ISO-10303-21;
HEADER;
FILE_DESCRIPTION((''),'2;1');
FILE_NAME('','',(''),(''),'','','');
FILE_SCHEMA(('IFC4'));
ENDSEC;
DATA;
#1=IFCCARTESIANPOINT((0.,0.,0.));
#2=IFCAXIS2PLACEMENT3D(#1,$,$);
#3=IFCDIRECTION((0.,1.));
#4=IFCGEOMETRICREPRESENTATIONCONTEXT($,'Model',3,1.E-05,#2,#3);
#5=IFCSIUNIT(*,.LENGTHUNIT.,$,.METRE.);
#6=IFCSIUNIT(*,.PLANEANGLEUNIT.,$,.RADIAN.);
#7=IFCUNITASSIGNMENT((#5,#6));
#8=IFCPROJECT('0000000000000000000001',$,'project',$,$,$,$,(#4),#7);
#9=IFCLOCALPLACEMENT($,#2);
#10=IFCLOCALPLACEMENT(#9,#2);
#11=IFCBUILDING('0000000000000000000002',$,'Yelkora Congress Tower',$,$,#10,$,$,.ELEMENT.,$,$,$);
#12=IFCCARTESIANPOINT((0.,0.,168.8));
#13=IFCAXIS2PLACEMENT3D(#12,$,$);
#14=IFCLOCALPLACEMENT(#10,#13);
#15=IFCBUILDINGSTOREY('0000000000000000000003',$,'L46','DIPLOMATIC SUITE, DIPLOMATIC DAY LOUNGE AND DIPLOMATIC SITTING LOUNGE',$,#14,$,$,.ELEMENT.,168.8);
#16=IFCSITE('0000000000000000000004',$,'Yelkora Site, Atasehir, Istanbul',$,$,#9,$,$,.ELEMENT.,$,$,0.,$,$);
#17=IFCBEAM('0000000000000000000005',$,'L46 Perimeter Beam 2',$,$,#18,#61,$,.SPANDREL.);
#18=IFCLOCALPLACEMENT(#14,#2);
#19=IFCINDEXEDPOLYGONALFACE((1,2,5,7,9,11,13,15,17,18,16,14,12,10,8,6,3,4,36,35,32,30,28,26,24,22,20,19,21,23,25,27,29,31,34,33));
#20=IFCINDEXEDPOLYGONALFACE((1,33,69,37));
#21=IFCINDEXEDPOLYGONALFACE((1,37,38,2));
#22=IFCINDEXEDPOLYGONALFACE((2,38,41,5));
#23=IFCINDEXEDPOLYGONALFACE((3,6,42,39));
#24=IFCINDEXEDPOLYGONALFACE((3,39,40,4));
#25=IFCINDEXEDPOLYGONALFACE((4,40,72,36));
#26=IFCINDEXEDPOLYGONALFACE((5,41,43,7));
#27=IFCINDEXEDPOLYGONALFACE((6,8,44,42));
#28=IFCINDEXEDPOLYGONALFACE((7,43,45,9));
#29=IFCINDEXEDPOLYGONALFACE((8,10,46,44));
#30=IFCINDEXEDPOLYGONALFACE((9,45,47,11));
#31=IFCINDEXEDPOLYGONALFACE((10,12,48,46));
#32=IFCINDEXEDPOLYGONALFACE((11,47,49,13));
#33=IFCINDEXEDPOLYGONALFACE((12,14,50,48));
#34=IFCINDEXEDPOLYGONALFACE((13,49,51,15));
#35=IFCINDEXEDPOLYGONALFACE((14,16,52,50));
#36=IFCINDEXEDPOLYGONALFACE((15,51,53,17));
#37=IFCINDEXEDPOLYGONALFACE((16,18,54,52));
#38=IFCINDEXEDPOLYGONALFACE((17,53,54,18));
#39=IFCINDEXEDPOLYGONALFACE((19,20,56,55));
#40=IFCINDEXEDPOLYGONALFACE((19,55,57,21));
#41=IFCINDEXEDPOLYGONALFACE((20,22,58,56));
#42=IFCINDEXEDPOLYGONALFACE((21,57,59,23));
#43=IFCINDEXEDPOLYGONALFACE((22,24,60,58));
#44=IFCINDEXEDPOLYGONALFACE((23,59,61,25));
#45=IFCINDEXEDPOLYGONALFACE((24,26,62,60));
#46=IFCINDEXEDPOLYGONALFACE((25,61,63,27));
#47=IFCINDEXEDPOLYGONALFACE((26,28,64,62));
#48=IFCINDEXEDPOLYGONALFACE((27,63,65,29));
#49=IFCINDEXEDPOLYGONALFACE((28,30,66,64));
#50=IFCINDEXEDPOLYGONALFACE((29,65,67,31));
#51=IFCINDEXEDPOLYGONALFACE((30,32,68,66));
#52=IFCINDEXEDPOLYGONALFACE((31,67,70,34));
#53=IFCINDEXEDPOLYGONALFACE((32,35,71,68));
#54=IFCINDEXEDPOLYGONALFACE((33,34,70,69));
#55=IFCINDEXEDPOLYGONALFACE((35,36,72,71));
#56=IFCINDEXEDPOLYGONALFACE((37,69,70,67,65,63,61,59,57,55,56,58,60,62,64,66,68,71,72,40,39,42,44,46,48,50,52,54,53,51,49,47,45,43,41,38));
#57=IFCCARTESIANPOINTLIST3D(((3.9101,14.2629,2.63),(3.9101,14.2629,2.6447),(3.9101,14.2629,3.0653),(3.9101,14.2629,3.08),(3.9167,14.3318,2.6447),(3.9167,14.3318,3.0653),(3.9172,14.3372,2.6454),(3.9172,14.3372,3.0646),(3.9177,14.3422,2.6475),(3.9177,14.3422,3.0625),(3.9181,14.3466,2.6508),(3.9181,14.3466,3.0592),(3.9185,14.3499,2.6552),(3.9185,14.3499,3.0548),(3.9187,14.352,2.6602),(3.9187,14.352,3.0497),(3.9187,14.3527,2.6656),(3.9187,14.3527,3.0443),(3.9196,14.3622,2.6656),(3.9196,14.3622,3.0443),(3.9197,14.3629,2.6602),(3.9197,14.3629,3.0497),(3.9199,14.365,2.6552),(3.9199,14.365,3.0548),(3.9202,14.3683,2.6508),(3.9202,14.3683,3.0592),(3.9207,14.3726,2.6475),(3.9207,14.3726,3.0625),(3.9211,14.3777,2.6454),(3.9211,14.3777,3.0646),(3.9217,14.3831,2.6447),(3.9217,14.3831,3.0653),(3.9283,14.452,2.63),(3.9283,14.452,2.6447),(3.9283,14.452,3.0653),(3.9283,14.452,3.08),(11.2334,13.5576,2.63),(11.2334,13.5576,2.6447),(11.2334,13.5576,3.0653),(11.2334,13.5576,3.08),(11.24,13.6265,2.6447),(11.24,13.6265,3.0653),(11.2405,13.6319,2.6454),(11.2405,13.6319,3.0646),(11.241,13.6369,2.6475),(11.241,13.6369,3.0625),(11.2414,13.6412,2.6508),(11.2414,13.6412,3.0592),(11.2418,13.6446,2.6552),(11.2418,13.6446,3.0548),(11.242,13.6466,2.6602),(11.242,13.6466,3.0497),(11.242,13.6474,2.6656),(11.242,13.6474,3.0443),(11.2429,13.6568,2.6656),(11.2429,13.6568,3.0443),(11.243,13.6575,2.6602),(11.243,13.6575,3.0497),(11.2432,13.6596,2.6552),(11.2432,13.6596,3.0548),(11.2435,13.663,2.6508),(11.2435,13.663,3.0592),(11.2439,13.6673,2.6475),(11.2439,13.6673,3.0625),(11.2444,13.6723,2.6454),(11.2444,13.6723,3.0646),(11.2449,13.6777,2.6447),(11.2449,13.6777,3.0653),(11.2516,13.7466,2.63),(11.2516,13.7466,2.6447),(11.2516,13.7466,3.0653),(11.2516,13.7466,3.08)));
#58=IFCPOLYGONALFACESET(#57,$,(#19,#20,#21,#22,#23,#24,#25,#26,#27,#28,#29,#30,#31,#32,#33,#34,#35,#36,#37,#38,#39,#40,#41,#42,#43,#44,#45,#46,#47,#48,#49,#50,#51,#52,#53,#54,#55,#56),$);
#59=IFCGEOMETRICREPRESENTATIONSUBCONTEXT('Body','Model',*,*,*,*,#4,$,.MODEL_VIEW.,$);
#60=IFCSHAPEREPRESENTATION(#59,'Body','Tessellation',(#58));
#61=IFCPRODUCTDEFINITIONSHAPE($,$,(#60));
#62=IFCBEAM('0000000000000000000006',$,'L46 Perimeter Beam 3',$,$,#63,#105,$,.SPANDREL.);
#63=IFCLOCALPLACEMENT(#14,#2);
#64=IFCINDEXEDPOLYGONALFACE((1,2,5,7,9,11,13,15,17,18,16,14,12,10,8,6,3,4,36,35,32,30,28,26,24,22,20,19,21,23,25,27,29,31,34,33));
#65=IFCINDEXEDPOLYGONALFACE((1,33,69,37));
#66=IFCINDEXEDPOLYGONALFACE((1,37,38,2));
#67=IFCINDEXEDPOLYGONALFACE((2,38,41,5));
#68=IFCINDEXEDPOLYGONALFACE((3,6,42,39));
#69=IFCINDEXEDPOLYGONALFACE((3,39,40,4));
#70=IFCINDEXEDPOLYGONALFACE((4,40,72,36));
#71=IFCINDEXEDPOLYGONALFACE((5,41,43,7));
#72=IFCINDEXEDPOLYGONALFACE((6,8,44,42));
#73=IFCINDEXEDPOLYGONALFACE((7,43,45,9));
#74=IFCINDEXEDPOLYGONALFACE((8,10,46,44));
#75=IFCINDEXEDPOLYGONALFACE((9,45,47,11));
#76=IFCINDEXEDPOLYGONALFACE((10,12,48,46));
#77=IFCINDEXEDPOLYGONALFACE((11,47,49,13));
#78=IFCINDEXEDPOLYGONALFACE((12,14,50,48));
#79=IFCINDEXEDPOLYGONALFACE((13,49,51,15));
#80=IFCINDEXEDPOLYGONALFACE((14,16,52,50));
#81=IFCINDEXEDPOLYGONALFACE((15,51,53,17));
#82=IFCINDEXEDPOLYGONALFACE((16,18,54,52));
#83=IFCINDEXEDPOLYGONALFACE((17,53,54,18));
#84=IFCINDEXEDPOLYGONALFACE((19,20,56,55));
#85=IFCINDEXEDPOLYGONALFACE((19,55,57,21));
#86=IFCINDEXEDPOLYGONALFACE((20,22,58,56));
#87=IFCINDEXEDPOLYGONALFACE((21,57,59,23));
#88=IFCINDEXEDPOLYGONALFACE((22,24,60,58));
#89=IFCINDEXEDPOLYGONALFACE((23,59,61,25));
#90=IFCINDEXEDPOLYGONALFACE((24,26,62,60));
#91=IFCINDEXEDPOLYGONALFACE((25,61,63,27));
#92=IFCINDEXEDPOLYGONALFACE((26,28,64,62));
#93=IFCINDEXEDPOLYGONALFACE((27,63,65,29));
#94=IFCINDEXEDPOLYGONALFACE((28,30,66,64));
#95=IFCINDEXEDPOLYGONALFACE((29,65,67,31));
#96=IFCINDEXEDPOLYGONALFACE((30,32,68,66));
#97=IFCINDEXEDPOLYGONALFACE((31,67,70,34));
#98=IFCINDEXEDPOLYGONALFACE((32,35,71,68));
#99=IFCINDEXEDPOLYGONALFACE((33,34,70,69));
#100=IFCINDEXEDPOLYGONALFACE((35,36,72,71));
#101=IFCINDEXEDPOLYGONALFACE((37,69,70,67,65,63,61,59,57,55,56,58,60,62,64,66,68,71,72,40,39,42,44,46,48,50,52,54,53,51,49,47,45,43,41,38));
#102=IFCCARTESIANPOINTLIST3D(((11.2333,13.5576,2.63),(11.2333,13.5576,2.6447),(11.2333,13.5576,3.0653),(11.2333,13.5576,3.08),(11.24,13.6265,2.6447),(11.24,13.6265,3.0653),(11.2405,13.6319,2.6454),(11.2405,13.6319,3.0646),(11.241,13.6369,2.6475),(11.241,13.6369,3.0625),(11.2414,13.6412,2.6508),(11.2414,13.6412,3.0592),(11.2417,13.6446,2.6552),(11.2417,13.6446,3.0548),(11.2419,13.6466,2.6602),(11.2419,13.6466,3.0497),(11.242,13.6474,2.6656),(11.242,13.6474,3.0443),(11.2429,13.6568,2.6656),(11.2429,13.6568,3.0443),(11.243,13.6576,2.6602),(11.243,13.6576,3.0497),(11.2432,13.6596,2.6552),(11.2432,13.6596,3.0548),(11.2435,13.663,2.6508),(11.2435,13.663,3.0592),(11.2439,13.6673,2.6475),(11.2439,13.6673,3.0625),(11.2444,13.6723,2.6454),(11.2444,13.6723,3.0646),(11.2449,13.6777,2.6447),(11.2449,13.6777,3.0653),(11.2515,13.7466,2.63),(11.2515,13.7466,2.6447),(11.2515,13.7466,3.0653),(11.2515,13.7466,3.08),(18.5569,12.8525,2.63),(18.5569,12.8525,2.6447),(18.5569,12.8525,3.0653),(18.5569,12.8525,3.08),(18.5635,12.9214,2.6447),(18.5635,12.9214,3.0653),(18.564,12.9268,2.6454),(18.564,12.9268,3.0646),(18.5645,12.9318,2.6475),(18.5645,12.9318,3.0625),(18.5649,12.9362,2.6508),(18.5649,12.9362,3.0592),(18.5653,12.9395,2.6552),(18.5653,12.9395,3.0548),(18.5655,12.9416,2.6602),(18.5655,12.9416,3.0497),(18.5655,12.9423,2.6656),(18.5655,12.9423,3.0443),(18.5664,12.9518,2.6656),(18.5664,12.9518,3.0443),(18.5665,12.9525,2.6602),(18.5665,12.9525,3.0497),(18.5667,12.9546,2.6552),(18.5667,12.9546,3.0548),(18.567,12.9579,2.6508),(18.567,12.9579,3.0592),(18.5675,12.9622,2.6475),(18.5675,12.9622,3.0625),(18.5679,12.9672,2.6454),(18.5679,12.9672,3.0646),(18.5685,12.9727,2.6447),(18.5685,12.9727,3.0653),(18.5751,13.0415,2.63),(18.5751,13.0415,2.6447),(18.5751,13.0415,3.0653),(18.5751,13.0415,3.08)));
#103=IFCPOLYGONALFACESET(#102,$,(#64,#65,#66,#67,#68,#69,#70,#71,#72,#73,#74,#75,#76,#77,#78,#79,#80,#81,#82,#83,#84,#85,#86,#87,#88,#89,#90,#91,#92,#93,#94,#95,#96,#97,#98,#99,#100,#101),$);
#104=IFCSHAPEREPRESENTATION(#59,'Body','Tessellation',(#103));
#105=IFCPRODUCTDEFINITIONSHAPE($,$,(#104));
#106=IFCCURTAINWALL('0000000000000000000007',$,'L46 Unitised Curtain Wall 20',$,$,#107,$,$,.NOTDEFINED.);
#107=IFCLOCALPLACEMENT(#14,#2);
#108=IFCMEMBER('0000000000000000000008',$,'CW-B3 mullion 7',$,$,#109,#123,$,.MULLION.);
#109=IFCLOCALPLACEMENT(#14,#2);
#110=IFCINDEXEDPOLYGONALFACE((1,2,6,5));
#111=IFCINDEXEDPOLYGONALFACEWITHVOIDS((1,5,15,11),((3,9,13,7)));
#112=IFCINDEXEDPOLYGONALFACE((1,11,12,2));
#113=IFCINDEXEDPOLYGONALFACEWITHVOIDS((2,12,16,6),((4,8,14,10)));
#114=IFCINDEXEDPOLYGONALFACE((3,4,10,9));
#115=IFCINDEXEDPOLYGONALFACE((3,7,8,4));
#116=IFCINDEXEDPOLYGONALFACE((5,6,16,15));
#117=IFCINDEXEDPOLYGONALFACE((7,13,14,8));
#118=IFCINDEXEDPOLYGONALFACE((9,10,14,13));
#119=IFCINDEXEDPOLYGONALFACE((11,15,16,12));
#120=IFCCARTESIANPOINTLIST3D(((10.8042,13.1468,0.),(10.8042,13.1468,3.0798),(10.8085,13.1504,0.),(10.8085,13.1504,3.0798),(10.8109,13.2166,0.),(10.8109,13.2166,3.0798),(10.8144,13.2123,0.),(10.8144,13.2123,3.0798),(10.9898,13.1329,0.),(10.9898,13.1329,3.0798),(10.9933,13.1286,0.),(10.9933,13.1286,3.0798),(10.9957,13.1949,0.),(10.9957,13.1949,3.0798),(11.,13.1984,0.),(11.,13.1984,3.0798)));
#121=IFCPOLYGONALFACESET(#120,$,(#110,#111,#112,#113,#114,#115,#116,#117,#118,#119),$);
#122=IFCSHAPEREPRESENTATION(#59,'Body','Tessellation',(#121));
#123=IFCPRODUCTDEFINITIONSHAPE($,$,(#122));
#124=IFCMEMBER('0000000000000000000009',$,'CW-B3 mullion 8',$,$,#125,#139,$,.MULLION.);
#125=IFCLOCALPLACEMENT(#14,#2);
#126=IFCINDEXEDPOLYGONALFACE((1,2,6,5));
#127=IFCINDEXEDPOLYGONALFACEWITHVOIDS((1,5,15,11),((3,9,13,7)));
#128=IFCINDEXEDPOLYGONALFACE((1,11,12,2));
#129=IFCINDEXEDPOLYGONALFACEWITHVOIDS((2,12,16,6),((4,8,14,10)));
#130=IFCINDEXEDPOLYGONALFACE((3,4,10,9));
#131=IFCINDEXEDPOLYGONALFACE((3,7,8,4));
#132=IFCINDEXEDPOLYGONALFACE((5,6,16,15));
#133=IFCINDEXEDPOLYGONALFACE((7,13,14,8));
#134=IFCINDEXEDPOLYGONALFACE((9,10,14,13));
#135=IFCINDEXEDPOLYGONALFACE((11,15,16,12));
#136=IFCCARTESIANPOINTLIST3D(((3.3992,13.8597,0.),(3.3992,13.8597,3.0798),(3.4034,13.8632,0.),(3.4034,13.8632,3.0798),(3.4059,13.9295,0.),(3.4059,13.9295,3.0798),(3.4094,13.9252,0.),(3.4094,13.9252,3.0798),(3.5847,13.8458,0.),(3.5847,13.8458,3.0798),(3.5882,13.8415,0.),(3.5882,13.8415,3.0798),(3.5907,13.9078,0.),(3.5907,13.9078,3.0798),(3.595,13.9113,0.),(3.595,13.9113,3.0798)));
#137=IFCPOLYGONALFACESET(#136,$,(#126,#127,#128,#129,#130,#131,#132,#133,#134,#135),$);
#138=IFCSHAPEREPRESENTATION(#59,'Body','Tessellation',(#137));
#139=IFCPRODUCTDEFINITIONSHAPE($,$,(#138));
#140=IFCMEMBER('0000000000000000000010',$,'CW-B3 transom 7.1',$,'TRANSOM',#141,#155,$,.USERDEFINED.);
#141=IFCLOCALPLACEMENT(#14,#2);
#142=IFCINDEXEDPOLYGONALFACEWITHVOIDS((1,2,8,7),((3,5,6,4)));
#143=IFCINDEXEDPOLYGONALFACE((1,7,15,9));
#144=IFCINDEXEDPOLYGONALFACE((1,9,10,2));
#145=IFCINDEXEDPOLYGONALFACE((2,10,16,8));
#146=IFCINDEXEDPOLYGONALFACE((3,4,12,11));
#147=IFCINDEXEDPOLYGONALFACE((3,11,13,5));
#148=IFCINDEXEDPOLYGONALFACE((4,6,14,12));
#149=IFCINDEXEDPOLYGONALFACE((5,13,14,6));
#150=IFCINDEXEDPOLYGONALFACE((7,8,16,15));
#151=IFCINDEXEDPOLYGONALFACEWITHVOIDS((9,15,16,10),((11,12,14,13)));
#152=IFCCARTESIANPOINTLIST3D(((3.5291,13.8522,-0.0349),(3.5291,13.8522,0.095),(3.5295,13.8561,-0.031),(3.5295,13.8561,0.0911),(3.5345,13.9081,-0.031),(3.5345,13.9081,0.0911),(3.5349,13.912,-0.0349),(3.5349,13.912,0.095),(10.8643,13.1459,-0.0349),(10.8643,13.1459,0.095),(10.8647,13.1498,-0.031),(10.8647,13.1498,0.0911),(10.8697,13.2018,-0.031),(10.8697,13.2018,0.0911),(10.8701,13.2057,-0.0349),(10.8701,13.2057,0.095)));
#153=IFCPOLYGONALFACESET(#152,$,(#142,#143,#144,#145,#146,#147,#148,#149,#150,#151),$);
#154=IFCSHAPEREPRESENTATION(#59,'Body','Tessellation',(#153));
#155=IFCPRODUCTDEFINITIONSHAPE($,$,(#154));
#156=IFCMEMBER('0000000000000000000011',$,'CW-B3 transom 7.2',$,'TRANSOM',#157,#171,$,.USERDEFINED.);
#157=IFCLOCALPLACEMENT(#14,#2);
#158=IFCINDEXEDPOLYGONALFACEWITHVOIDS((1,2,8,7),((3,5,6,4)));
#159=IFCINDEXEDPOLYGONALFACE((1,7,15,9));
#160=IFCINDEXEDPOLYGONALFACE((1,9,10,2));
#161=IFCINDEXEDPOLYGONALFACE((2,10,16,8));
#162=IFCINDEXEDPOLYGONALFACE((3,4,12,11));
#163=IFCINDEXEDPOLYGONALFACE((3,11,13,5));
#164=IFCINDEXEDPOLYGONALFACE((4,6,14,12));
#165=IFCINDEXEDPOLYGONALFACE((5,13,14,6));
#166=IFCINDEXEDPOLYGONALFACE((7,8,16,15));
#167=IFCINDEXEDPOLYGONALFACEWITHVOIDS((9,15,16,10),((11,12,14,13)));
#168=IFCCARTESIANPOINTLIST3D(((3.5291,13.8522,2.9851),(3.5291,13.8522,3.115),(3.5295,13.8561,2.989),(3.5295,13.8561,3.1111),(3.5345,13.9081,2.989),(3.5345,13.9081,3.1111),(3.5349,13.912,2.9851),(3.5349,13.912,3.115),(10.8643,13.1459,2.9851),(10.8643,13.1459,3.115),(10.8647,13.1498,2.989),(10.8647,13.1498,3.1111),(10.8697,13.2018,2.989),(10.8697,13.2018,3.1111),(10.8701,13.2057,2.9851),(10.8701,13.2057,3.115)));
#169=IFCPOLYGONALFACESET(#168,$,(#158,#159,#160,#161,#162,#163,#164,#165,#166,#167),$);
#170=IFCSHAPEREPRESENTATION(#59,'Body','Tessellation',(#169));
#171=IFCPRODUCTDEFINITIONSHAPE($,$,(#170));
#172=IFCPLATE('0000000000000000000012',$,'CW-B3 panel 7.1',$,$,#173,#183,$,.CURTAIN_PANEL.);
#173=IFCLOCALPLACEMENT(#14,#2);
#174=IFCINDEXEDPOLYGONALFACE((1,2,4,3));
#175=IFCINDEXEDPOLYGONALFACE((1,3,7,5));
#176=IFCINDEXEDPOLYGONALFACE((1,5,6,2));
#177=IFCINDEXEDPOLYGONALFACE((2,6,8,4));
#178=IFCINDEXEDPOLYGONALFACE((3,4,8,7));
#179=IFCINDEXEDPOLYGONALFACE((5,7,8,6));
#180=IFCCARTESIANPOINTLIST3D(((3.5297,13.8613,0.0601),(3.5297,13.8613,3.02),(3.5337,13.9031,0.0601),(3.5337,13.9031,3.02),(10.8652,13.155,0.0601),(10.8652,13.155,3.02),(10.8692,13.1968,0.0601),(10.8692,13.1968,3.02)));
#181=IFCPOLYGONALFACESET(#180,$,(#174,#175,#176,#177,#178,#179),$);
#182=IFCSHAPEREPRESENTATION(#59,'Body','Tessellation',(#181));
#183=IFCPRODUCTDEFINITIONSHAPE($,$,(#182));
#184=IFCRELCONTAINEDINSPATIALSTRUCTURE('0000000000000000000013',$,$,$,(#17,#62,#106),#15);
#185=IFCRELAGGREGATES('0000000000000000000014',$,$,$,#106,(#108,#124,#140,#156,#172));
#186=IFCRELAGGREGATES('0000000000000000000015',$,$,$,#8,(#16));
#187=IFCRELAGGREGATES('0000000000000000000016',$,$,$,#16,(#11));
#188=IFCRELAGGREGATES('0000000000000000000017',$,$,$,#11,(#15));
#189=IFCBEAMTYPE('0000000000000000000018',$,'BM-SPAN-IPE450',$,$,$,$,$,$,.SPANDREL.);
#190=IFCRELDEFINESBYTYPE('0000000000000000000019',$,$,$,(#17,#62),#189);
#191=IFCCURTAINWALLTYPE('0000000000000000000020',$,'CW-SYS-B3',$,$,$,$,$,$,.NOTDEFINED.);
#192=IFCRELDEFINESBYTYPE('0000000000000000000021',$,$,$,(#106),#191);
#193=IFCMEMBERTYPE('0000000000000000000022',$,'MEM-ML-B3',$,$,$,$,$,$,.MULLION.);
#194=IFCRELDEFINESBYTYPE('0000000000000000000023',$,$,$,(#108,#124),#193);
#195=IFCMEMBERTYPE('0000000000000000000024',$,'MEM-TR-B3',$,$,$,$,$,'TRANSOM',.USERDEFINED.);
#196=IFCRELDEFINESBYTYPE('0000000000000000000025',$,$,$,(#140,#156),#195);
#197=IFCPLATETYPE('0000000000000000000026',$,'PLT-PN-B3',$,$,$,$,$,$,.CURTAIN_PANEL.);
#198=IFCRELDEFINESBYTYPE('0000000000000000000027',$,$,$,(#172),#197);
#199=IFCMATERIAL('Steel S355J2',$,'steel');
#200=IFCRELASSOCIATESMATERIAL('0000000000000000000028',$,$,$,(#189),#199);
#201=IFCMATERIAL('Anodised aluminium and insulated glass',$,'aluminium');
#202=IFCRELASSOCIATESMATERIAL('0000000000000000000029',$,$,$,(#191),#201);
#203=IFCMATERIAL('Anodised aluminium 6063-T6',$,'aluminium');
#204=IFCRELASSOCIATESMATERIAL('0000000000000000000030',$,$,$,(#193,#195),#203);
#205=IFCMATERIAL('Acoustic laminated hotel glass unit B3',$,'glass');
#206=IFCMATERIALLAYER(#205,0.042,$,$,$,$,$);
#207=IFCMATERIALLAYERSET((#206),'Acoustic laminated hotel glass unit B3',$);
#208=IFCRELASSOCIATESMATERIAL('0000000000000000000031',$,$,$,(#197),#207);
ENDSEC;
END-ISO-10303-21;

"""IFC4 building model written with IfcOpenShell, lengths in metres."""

from ifc_helpers import new_model, si_unit, direction, frame, origin, origin_2d, place, context, subcontext, project, spatial, rectangle, hollow_rectangle, i_section, extrude, material, layer, layer_set, material_profile, profile_set, type_object, element, aggregate, save


model = new_model("IFC4")

# Units and contexts
model_context = context("Model", 3, precision=1e-05, world=origin(), true_north=direction((0.0, 1.0)))
body_context = subcontext(model_context, "Body", "Model", "MODEL_VIEW")
ifc_project = project(units=[si_unit("LENGTHUNIT", "METRE"), si_unit("PLANEANGLEUNIT", "RADIAN")], contexts=[model_context])

# Site, building, storey
site_placement = place(None, origin())
site = spatial("IfcSite", under=ifc_project, at=site_placement, Name="Yelkora Site, Atasehir, Istanbul", CompositionType="ELEMENT", RefElevation=0.0)
building_placement = place(site_placement, origin())
building = spatial("IfcBuilding", under=site, at=building_placement, Name="Yelkora Congress Tower", CompositionType="ELEMENT")
storey_placement = place(building_placement, frame((0.0, 0.0, 168.8)))
storey = spatial("IfcBuildingStorey", under=building, at=storey_placement, Name="L46", Description="DIPLOMATIC SUITE, DIPLOMATIC DAY LOUNGE AND DIPLOMATIC SITTING LOUNGE", CompositionType="ELEMENT", Elevation=168.8)

# Beams
ifc_material_1 = material(Name="Steel S355J2", Category="steel")
ifc_material_profile_1 = material_profile(ifc_material_1, i_section(OverallWidth=0.1899, OverallDepth=0.45, WebThickness=0.0095, FlangeThickness=0.0146, FilletRadius=0.021, at=origin_2d()), Name="IPE 450")
ifc_profile_set_1 = profile_set([ifc_material_profile_1], Name="Steel S355J2")
beam_type_1 = type_object("IfcBeamType", Name="BM-SPAN-IPE450", PredefinedType="SPANDREL", material=ifc_profile_set_1)
beam_1_placement = place(storey_placement, frame((3.9192, 14.3574, 2.855), z_axis=(0.995394, -0.095869, 0.0), x_axis=(0.095869, 0.995394, 0.0)))
element("IfcBeam", 1, at=beam_1_placement, inside=storey, type_object=beam_type_1, Name="L46 Perimeter Beam 2", PredefinedType="SPANDREL", context=body_context, shape_type="SweptSolid", body=[
    extrude(i_section(OverallWidth=0.1899, OverallDepth=0.45, WebThickness=0.0095, FlangeThickness=0.0146, FilletRadius=0.021, at=origin_2d()), origin(), (0.0, 0.0, 1.0), 7.3572),
])
beam_2_placement = place(storey_placement, frame((11.2424, 13.6521, 2.855), z_axis=(0.995397, -0.095833, 0.0), x_axis=(0.095833, 0.995397, 0.0)))
element("IfcBeam", 2, at=beam_2_placement, inside=storey, type_object=beam_type_1, Name="L46 Perimeter Beam 3", PredefinedType="SPANDREL", context=body_context, shape_type="SweptSolid", body=[
    extrude(i_section(OverallWidth=0.1899, OverallDepth=0.45, WebThickness=0.0095, FlangeThickness=0.0146, FilletRadius=0.021, at=origin_2d()), origin(), (0.0, 0.0, 1.0), 7.3574),
])

# Curtain wall, members, plate
ifc_material_2 = material(Name="Anodised aluminium and insulated glass", Category="aluminium")
curtain_wall_type = type_object("IfcCurtainWallType", Name="CW-SYS-B3", PredefinedType="NOTDEFINED", material=ifc_material_2)
curtain_wall_placement = place(storey_placement, origin())
curtain_wall = element("IfcCurtainWall", 3, at=curtain_wall_placement, inside=storey, type_object=curtain_wall_type, Name="L46 Unitised Curtain Wall 20", PredefinedType="NOTDEFINED")
ifc_material_3 = material(Name="Anodised aluminium 6063-T6", Category="aluminium")
ifc_material_profile_2 = material_profile(ifc_material_3, hollow_rectangle(XDim=0.0701, YDim=0.1899, WallThickness=0.0039, at=origin_2d()), Name="ALU 70x190x4")
ifc_profile_set_2 = profile_set([ifc_material_profile_2], Name="Anodised aluminium 6063-T6")
member_type_1 = type_object("IfcMemberType", Name="MEM-ML-B3", PredefinedType="MULLION", material=ifc_profile_set_2)
member_1_placement = place(storey_placement, frame((10.9021, 13.1726, 0.0), z_axis=(0.0, 0.0, 1.0), x_axis=(-0.095845, -0.995396, 0.0)))
member_1 = element("IfcMember", 4, at=member_1_placement, type_object=member_type_1, Name="CW-B3 mullion 7", PredefinedType="MULLION", context=body_context, shape_type="SweptSolid", body=[
    extrude(hollow_rectangle(XDim=0.0701, YDim=0.1899, WallThickness=0.0039, at=origin_2d()), origin(), (0.0, 0.0, 1.0), 3.0798),
])
member_2_placement = place(storey_placement, frame((3.4971, 13.8855, 0.0), z_axis=(0.0, 0.0, 1.0), x_axis=(-0.095845, -0.995396, 0.0)))
member_2 = element("IfcMember", 5, at=member_2_placement, type_object=member_type_1, Name="CW-B3 mullion 8", PredefinedType="MULLION", context=body_context, shape_type="SweptSolid", body=[
    extrude(hollow_rectangle(XDim=0.0701, YDim=0.1899, WallThickness=0.0039, at=origin_2d()), origin(), (0.0, 0.0, 1.0), 3.0798),
])
ifc_material_profile_3 = material_profile(ifc_material_3, hollow_rectangle(XDim=0.0601, YDim=0.1299, WallThickness=0.0039, at=origin_2d()), Name="ALU 60x130x4")
ifc_profile_set_3 = profile_set([ifc_material_profile_3], Name="Anodised aluminium 6063-T6")
member_type_2 = type_object("IfcMemberType", Name="MEM-TR-B3", ElementType="TRANSOM", PredefinedType="USERDEFINED", material=ifc_profile_set_3)
member_3_placement = place(storey_placement, frame((10.8672, 13.1758, 0.03), z_axis=(-0.995396, 0.095846, 0.0), x_axis=(-0.095846, -0.995396, 0.0)))
member_3 = element("IfcMember", 6, at=member_3_placement, type_object=member_type_2, Name="CW-B3 transom 7.1", ObjectType="TRANSOM", PredefinedType="USERDEFINED", context=body_context, shape_type="SweptSolid", body=[
    extrude(hollow_rectangle(XDim=0.0601, YDim=0.1299, WallThickness=0.0039, at=origin_2d()), origin(), (0.0, 0.0, 1.0), 7.3691),
])
member_4_placement = place(storey_placement, frame((10.8672, 13.1758, 3.05), z_axis=(-0.995396, 0.095846, 0.0), x_axis=(-0.095846, -0.995396, 0.0)))
member_4 = element("IfcMember", 7, at=member_4_placement, type_object=member_type_2, Name="CW-B3 transom 7.2", ObjectType="TRANSOM", PredefinedType="USERDEFINED", context=body_context, shape_type="SweptSolid", body=[
    extrude(hollow_rectangle(XDim=0.0601, YDim=0.1299, WallThickness=0.0039, at=origin_2d()), origin(), (0.0, 0.0, 1.0), 7.3691),
])
ifc_material_4 = material(Name="Acoustic laminated hotel glass unit B3", Category="glass")
ifc_layer_1 = layer(ifc_material_4, 0.042)
ifc_layer_set_1 = layer_set([ifc_layer_1], Name="Acoustic laminated hotel glass unit B3")
plate_type = type_object("IfcPlateType", Name="PLT-PN-B3", PredefinedType="CURTAIN_PANEL", material=ifc_layer_set_1)
plate_placement = place(storey_placement, frame((7.1995, 13.5291, 0.0601), z_axis=(0.0, 0.0, 1.0), x_axis=(-0.995396, 0.095845, 0.0)))
plate = element("IfcPlate", 8, at=plate_placement, type_object=plate_type, Name="CW-B3 panel 7.1", PredefinedType="CURTAIN_PANEL", context=body_context, shape_type="SweptSolid", body=[
    extrude(rectangle(XDim=7.3694, YDim=0.042, at=origin_2d()), origin(), (0.0, 0.0, 1.0), 2.96),
])
aggregate(curtain_wall, [member_1, member_2, member_3, member_4, plate])

save(model, "model.ifc")
